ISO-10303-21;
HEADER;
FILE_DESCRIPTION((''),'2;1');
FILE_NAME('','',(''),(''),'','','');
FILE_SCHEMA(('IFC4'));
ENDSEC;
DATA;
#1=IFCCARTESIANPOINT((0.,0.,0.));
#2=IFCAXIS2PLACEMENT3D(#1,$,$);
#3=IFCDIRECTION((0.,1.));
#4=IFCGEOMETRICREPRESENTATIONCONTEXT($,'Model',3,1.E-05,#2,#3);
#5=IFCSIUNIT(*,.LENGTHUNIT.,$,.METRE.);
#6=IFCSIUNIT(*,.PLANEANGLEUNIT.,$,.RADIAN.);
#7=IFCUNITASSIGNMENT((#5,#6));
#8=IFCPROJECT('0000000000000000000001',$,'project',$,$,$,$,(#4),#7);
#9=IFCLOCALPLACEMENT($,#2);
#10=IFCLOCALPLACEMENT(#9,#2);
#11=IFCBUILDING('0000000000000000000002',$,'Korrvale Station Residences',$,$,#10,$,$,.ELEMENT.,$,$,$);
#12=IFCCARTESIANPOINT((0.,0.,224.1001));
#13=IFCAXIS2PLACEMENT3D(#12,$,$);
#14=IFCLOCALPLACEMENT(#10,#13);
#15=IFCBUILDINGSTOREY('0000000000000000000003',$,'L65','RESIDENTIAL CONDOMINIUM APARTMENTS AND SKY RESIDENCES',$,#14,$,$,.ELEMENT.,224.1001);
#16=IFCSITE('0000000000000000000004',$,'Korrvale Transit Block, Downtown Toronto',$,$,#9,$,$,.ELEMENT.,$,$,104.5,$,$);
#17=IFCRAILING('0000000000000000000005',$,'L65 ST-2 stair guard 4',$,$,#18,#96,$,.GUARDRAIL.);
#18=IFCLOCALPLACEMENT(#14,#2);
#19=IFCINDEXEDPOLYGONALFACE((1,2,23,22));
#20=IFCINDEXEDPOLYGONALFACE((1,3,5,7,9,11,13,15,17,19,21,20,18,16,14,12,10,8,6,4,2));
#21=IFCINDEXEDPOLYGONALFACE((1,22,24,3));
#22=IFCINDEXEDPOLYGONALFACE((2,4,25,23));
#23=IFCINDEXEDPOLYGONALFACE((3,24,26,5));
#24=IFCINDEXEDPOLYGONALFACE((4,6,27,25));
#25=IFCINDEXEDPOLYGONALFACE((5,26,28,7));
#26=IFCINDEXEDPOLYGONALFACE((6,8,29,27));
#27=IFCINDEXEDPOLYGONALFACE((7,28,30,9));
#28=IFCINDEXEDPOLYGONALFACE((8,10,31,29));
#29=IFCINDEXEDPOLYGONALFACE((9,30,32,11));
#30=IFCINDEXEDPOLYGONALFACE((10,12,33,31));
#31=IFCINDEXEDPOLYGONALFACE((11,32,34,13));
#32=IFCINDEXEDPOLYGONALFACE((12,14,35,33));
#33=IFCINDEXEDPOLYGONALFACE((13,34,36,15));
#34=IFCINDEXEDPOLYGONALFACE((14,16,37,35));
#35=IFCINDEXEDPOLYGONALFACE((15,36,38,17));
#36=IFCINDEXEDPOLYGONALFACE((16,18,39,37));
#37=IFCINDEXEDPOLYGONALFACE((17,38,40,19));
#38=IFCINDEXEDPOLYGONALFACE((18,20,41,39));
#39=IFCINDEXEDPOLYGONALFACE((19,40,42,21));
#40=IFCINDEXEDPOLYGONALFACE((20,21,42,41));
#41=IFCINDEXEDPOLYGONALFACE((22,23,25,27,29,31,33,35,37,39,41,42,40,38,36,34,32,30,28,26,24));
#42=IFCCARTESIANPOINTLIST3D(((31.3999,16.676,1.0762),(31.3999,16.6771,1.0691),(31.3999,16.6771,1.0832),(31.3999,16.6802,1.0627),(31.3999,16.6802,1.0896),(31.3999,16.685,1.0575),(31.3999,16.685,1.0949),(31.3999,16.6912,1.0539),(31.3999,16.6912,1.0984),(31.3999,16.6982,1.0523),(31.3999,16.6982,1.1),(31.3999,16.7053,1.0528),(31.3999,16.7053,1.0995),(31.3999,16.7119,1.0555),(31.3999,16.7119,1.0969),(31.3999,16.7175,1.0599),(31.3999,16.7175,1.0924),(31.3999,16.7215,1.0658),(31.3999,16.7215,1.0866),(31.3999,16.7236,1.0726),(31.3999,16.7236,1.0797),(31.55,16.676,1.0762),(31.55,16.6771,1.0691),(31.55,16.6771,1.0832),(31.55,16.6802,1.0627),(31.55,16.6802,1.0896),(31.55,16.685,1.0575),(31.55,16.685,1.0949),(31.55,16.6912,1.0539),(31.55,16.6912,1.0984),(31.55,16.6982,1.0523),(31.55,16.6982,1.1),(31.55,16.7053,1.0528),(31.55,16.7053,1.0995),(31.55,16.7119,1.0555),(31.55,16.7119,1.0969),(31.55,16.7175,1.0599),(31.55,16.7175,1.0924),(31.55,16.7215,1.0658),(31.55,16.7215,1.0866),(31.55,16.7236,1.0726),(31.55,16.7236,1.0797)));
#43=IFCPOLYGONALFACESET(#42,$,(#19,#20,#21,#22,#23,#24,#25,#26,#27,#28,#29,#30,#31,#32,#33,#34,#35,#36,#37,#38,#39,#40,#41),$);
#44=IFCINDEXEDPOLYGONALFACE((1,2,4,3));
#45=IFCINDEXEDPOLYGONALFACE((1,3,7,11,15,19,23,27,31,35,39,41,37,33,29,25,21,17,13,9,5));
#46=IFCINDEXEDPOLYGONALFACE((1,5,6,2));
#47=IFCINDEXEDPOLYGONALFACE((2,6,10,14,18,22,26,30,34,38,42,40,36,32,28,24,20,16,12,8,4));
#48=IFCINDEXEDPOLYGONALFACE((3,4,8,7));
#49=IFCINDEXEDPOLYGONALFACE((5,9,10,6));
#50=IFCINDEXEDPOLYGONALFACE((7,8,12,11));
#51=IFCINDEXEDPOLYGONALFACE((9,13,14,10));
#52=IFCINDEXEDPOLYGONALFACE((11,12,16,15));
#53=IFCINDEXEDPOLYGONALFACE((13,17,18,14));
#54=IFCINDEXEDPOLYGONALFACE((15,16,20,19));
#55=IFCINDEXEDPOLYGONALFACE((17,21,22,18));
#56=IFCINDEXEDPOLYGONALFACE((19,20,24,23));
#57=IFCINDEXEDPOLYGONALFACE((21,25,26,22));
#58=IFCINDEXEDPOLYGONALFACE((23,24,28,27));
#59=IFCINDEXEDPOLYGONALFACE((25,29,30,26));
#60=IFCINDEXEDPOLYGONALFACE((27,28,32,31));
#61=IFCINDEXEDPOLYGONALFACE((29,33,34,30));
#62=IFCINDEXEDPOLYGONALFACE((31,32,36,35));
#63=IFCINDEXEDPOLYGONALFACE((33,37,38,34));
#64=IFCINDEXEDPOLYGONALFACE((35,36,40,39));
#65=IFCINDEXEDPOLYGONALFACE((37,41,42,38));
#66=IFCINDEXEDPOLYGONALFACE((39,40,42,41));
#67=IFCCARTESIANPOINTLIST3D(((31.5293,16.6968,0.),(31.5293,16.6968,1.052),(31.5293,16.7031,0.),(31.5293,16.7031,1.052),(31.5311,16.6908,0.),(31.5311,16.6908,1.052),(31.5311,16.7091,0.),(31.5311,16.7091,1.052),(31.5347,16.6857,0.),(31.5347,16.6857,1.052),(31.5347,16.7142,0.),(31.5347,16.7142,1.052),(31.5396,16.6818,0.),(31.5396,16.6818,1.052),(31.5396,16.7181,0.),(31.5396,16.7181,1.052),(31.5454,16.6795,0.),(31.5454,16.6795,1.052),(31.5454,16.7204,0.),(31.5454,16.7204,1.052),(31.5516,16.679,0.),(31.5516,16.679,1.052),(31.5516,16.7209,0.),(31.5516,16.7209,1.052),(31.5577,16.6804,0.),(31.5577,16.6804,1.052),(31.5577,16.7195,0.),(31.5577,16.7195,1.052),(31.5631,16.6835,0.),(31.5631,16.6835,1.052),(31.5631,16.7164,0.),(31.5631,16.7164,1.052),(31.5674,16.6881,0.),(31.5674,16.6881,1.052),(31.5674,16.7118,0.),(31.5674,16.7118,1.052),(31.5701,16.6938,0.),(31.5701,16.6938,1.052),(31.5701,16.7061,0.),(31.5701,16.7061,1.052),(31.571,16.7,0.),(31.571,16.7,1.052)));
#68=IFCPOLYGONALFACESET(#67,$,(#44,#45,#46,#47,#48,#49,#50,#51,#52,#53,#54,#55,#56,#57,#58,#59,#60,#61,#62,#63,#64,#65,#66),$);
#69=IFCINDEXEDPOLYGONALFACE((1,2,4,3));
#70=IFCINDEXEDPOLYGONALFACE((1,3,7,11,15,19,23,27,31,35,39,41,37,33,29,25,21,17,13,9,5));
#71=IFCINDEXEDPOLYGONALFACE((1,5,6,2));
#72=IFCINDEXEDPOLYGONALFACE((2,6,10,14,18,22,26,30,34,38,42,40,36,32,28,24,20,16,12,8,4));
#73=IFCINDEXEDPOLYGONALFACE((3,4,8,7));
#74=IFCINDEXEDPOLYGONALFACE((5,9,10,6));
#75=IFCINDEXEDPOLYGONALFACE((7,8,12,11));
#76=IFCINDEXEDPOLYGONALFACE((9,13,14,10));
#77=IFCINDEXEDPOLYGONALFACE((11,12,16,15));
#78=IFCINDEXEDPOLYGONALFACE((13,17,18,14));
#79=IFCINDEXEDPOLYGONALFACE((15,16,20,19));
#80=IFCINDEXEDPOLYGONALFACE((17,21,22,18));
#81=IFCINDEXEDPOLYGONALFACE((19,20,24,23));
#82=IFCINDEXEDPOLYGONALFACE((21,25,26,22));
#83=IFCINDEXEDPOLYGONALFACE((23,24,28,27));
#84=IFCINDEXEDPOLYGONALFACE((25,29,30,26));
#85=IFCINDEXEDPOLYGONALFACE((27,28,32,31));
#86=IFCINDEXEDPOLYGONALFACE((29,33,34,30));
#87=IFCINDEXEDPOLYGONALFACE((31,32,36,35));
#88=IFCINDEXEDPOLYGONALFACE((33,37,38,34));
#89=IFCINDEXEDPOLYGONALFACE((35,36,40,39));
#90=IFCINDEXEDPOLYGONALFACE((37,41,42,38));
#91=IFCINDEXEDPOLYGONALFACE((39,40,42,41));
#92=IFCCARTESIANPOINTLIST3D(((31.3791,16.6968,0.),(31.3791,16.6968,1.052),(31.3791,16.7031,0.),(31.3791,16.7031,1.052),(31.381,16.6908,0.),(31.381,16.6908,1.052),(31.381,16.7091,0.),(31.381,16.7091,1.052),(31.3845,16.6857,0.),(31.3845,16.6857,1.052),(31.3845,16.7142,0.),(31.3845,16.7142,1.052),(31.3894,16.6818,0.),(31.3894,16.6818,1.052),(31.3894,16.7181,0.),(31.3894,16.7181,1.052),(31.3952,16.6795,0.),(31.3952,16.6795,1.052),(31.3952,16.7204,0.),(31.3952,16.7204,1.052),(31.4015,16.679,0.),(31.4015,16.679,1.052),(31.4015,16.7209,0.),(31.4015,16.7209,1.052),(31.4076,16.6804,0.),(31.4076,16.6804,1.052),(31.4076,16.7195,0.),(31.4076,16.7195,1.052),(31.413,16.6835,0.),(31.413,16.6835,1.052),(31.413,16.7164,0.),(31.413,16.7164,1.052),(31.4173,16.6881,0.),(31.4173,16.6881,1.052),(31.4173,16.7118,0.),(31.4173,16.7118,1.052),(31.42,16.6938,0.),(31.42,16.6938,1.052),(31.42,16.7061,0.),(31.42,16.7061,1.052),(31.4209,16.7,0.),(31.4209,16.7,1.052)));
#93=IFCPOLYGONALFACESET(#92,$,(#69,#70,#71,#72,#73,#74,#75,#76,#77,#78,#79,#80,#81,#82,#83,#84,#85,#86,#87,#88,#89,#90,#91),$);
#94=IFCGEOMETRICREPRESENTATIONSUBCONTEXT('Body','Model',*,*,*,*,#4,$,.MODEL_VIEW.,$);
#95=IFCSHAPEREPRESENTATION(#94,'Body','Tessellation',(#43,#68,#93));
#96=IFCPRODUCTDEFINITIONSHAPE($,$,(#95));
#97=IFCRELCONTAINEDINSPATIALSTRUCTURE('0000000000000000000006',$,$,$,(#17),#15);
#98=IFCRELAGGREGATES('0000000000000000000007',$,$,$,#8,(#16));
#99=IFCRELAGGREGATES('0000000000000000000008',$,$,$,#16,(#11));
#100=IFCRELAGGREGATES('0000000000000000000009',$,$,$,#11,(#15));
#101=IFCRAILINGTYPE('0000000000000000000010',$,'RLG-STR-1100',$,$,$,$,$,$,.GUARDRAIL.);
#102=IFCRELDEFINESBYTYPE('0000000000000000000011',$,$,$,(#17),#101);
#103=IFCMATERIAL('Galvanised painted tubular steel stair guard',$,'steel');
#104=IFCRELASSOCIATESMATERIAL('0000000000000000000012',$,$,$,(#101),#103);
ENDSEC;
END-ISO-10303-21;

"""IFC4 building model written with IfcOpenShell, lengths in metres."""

from ifc_helpers import new_model, si_unit, direction, frame, origin, origin_2d, place, context, subcontext, project, spatial, circle, extrude, material, type_object, element, save


model = new_model("IFC4")

# Units and contexts
model_context = context("Model", 3, precision=1e-05, world=origin(), true_north=direction((0.0, 1.0)))
body_context = subcontext(model_context, "Body", "Model", "MODEL_VIEW")
ifc_project = project(units=[si_unit("LENGTHUNIT", "METRE"), si_unit("PLANEANGLEUNIT", "RADIAN")], contexts=[model_context])

# Site, building, storey
site_placement = place(None, origin())
site = spatial("IfcSite", under=ifc_project, at=site_placement, Name="Korrvale Transit Block, Downtown Toronto", CompositionType="ELEMENT", RefElevation=104.5)
building_placement = place(site_placement, origin())
building = spatial("IfcBuilding", under=site, at=building_placement, Name="Korrvale Station Residences", CompositionType="ELEMENT")
storey_placement = place(building_placement, frame((0.0, 0.0, 224.1001)))
storey = spatial("IfcBuildingStorey", under=building, at=storey_placement, Name="L65", Description="RESIDENTIAL CONDOMINIUM APARTMENTS AND SKY RESIDENCES", CompositionType="ELEMENT", Elevation=224.1001)

# Railing
ifc_material_1 = material(Name="Galvanised painted tubular steel stair guard", Category="steel")
railing_type_1 = type_object("IfcRailingType", Name="RLG-STR-1100", PredefinedType="GUARDRAIL", material=ifc_material_1)
railing_1_placement = place(storey_placement, frame((31.55, 16.7, 0.0)))
element("IfcRailing", 1, at=railing_1_placement, inside=storey, type_object=railing_type_1, Name="L65 ST-2 stair guard 4", PredefinedType="GUARDRAIL", context=body_context, shape_type="SweptSolid", body=[
    extrude(circle(Radius=0.0239, at=origin_2d()), frame((0.0, 0.0, 1.0762), z_axis=(-1.0, 0.0, 0.0), x_axis=(0.0, -1.0, 0.0)), (0.0, 0.0, 1.0), 0.1501),
    extrude(circle(Radius=0.021, at=origin_2d()), origin(), (0.0, 0.0, 1.0), 1.052),
    extrude(circle(Radius=0.021, at=origin_2d()), frame((-0.1501, 0.0, 0.0)), (0.0, 0.0, 1.0), 1.052),
])

save(model, "model.ifc")
